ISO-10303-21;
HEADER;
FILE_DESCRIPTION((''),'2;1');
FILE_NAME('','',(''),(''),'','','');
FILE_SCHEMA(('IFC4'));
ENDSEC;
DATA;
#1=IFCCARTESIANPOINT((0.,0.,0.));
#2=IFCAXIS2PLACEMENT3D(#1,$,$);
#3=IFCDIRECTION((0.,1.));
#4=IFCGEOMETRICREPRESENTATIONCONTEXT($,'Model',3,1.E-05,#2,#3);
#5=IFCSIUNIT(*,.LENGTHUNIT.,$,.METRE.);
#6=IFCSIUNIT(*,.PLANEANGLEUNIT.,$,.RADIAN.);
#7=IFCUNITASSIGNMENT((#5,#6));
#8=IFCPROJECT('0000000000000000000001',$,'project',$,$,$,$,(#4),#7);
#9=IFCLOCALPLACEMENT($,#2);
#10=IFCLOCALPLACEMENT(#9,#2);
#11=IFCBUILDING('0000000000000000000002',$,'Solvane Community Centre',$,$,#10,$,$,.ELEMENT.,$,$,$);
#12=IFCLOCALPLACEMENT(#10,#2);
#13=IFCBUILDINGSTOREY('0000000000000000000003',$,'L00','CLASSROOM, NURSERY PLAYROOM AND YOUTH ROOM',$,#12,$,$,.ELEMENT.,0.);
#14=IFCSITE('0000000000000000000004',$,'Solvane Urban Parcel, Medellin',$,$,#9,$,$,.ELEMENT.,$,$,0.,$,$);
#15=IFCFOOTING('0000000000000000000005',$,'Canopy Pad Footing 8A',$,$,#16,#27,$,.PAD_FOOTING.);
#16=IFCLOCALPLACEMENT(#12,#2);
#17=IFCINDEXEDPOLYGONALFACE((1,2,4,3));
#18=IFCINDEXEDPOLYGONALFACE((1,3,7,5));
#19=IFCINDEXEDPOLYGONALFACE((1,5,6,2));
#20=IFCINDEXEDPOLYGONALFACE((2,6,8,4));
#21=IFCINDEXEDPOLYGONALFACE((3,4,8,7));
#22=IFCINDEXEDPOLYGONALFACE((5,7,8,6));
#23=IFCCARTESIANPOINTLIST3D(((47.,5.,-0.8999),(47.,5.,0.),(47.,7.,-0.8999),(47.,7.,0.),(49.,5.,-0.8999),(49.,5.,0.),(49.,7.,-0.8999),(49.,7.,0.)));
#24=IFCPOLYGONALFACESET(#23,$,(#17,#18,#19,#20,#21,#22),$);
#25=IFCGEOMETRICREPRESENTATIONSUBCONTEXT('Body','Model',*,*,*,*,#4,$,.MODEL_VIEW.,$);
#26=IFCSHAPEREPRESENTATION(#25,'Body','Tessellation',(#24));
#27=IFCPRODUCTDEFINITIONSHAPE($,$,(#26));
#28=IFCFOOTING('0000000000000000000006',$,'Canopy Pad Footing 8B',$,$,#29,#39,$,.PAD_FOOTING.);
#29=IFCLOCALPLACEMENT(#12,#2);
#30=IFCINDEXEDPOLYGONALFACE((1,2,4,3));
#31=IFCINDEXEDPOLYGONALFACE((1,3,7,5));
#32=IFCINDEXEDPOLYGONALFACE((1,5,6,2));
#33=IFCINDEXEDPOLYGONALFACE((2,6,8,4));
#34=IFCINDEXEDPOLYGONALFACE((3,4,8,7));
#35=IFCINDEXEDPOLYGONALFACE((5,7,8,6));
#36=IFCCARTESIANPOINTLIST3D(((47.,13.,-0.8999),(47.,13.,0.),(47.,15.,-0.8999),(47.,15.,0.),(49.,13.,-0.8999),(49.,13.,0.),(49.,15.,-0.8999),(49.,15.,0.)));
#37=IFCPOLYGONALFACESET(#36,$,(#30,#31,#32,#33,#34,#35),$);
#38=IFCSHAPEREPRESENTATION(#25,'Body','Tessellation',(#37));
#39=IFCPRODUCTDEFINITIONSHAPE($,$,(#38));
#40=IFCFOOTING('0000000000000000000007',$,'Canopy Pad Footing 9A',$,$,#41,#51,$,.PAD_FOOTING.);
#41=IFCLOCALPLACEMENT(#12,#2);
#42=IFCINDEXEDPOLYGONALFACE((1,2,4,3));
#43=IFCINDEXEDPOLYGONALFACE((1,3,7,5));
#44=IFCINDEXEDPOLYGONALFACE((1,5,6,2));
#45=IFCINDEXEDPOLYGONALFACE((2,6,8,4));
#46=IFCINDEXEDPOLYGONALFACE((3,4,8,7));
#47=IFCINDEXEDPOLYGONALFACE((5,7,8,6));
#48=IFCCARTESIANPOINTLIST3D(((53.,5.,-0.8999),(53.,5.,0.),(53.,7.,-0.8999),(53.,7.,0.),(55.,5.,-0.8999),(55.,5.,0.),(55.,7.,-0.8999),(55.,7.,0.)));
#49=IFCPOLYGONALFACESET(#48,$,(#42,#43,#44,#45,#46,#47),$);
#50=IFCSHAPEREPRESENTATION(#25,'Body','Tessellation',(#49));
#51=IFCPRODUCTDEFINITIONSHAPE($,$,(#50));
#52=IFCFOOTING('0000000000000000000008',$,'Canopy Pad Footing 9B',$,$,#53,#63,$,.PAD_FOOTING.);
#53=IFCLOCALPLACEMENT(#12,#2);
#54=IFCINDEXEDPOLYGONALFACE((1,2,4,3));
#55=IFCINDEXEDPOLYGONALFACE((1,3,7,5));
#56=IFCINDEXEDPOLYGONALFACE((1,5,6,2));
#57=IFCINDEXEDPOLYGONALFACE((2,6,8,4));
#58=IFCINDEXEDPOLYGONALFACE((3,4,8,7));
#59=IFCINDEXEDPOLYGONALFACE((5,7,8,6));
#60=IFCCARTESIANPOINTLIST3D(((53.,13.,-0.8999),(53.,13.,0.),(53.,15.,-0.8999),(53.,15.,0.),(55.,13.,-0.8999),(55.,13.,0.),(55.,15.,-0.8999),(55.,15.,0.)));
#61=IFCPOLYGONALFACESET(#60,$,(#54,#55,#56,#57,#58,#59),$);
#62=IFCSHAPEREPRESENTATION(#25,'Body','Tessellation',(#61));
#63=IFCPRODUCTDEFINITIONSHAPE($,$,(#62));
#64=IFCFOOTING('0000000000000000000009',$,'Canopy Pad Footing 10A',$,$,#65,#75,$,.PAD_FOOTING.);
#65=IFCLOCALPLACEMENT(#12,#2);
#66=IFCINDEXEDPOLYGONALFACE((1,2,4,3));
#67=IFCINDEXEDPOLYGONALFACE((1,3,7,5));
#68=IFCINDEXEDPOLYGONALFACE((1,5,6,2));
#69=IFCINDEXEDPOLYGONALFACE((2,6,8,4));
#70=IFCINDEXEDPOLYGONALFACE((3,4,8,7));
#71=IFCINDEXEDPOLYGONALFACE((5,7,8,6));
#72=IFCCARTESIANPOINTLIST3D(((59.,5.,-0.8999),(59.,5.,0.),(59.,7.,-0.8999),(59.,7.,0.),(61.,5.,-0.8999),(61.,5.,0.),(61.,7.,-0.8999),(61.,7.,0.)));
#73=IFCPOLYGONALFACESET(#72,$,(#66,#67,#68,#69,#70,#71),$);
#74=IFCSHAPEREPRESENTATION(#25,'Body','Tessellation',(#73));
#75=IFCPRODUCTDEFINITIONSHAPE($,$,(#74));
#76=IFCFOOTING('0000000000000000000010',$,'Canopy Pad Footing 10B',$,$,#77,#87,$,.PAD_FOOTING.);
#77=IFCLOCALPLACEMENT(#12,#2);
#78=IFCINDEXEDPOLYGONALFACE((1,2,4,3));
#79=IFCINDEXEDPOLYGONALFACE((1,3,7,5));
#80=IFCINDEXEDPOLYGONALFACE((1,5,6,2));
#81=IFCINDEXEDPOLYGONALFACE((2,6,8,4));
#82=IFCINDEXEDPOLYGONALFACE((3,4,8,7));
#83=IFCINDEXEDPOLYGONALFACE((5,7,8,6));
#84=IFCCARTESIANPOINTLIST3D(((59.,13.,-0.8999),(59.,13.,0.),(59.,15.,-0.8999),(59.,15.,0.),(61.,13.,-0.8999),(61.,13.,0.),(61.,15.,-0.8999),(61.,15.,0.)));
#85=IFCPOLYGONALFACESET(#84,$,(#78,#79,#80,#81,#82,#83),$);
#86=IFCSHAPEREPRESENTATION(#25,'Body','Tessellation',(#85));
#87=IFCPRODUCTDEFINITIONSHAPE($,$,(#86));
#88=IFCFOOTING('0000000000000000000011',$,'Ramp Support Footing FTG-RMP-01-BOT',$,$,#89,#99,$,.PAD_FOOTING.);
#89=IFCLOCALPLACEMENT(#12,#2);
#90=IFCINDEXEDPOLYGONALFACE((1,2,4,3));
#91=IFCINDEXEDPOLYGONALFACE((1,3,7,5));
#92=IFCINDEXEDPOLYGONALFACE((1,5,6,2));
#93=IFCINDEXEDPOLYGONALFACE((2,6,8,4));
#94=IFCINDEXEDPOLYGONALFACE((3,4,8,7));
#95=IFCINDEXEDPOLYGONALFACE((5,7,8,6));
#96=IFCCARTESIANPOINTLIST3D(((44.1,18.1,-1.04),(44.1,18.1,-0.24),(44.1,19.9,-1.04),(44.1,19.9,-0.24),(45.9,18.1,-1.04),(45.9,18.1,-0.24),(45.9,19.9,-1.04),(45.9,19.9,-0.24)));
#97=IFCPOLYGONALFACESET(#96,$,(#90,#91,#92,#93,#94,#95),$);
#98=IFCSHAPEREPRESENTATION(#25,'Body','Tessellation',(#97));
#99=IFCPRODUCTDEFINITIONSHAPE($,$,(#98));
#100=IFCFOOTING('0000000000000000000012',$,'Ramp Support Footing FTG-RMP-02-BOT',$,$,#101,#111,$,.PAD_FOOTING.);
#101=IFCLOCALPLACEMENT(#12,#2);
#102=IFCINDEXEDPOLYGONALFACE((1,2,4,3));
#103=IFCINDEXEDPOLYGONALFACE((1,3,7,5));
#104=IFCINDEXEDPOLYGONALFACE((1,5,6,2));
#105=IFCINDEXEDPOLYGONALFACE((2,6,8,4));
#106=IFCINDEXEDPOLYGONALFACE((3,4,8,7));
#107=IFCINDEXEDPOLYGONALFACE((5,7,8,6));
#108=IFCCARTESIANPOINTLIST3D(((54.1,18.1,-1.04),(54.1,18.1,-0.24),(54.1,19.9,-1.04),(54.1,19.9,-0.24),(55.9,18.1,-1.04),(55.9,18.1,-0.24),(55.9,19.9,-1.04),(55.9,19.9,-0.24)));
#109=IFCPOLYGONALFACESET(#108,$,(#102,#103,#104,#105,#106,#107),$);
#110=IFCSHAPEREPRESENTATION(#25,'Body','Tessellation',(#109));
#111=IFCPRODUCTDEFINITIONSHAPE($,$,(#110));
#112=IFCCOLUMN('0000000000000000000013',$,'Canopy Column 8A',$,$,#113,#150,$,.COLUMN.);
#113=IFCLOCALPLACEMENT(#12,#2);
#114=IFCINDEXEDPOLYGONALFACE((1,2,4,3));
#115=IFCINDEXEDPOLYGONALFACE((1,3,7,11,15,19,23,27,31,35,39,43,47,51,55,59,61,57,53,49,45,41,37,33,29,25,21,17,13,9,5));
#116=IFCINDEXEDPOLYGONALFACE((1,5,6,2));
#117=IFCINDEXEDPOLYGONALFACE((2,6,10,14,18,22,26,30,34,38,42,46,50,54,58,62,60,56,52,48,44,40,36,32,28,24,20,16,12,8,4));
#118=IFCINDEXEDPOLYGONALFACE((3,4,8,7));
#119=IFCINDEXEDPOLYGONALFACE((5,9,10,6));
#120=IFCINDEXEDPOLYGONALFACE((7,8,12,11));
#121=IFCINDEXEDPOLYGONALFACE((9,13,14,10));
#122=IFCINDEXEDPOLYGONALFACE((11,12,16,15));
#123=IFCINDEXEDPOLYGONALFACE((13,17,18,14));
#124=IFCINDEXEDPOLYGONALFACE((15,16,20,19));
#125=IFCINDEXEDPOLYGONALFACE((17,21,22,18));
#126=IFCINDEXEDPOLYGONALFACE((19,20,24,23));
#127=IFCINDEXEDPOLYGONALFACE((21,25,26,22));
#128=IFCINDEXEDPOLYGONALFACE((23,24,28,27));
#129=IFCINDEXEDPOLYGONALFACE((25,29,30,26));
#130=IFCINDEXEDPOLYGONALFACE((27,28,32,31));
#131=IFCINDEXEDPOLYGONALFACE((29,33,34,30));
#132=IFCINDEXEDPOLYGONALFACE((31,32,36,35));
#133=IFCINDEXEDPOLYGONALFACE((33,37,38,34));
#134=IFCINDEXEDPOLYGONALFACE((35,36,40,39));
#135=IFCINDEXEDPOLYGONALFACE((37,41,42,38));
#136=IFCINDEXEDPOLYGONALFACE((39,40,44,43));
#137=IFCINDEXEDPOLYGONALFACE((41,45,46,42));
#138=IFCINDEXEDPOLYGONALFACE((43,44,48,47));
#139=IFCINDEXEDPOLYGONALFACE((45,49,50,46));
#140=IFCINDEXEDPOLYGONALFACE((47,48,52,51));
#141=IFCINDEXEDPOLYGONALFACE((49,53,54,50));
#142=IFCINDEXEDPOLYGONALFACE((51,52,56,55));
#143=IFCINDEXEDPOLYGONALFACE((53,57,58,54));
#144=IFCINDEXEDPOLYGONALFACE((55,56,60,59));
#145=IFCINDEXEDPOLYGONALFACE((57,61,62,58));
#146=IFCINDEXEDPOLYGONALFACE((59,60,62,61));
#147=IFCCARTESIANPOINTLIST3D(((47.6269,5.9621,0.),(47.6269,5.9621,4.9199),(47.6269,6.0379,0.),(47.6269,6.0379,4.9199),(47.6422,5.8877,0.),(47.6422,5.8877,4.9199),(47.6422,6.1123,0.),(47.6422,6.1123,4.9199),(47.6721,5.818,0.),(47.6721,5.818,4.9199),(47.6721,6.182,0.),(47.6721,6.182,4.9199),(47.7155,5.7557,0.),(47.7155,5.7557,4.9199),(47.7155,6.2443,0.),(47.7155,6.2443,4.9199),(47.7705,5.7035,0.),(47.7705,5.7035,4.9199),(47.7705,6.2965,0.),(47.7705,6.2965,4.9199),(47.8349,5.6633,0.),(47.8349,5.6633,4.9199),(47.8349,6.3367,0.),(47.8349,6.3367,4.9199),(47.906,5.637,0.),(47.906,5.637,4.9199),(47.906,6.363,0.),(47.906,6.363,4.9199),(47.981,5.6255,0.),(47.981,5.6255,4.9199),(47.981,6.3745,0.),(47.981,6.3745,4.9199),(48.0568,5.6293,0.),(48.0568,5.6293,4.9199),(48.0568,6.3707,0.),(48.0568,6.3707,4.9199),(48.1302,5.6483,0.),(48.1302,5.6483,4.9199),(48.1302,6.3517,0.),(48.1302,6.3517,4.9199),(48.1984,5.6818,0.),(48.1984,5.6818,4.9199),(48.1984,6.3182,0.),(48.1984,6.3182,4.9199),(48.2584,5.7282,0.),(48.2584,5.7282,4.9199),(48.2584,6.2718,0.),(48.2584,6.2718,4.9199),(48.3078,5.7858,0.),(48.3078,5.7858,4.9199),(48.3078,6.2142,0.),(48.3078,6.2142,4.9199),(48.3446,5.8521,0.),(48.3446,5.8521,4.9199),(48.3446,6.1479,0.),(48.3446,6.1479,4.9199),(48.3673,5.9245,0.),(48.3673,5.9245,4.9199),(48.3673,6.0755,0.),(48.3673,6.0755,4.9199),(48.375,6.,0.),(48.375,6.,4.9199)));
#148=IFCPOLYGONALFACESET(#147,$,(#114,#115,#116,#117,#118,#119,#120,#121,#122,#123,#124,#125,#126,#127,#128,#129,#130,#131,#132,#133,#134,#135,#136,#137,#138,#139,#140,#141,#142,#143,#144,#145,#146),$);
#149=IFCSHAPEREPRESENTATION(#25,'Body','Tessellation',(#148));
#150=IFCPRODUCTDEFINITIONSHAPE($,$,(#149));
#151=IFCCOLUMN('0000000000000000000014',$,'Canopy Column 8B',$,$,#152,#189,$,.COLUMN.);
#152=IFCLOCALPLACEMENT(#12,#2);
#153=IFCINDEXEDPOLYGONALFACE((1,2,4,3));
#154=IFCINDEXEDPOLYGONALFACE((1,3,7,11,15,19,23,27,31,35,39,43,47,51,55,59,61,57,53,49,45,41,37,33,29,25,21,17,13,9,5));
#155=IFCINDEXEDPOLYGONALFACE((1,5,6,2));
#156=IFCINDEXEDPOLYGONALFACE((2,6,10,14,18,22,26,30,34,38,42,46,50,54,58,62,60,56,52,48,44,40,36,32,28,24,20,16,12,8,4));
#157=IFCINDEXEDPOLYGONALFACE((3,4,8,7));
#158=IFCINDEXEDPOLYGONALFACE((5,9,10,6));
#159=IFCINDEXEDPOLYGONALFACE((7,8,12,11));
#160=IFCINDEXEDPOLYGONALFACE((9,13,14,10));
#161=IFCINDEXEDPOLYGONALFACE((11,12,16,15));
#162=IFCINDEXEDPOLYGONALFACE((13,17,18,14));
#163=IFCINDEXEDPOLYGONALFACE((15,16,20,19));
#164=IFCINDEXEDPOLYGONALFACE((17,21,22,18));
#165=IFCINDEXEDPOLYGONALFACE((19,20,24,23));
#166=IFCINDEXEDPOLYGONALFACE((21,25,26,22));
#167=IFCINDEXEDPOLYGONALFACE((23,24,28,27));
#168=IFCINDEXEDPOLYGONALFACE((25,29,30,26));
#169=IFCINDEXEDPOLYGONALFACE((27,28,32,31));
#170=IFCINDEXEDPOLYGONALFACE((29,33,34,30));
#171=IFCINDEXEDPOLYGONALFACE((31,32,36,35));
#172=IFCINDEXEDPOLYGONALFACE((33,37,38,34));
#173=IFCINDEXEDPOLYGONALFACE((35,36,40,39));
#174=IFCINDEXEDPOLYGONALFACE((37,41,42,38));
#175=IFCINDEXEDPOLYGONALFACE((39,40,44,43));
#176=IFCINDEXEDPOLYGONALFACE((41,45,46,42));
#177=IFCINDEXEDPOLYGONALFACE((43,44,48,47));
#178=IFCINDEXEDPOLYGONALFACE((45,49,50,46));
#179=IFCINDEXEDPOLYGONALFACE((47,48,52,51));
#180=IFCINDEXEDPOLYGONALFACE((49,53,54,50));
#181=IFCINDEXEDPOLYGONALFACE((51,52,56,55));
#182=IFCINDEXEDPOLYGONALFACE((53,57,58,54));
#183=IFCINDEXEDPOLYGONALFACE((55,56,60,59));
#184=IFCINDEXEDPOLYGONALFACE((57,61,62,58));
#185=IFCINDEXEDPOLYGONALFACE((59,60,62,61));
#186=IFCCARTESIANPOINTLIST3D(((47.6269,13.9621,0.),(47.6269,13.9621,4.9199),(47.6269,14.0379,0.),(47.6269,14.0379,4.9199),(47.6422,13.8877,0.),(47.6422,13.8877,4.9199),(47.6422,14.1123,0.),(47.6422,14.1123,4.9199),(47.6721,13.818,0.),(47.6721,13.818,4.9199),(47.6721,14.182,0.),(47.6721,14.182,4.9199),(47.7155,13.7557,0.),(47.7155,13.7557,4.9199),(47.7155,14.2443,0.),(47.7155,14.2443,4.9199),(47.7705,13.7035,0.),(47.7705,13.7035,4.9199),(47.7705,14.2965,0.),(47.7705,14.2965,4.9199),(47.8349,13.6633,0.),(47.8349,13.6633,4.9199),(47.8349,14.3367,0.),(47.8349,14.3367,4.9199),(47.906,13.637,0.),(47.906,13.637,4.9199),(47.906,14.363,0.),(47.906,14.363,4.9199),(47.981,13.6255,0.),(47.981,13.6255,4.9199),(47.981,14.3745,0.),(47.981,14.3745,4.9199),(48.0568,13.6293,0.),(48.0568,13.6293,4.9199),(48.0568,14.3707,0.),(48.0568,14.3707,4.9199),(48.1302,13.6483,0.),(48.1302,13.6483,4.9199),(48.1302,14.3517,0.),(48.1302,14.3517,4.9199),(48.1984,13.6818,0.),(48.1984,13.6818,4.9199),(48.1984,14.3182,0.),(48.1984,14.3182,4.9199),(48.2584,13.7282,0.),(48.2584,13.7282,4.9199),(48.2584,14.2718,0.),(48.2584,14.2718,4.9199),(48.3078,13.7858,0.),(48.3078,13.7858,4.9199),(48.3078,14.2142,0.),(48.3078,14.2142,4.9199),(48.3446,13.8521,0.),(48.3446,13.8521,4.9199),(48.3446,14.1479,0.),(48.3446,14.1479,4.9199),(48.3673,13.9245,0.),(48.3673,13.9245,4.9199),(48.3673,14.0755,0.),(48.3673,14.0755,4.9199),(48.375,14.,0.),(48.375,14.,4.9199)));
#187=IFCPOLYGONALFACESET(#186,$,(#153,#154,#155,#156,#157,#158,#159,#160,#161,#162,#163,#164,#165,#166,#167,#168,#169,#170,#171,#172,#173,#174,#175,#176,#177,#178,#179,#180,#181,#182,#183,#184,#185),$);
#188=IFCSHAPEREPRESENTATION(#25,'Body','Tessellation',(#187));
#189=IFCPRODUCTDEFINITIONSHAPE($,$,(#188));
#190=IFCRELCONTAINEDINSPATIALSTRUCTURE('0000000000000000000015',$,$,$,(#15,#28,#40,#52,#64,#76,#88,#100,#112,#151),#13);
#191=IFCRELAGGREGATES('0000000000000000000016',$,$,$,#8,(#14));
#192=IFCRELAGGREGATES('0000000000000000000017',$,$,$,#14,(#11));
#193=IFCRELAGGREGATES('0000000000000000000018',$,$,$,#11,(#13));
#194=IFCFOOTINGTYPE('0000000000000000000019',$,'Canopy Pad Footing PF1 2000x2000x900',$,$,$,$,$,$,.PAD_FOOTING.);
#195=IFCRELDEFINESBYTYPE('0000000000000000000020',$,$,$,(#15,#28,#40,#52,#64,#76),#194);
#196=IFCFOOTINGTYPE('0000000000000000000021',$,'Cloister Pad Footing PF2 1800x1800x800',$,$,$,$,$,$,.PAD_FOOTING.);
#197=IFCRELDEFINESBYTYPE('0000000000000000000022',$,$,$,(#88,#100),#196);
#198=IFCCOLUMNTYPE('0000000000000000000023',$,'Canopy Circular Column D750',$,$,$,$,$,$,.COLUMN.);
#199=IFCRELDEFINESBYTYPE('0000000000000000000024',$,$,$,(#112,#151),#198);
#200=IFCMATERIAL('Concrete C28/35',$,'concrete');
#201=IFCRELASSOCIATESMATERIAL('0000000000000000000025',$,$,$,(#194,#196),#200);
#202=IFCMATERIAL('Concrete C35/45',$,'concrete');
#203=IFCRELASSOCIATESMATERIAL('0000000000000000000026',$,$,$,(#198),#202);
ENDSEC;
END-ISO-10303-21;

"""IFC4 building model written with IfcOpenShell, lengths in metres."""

from ifc_helpers import new_model, si_unit, direction, frame, origin, origin_2d, place, context, subcontext, project, spatial, rectangle, circle, extrude, material, material_profile, profile_set, type_object, element, save


model = new_model("IFC4")

# Units and contexts
model_context = context("Model", 3, precision=1e-05, world=origin(), true_north=direction((0.0, 1.0)))
body_context = subcontext(model_context, "Body", "Model", "MODEL_VIEW")
ifc_project = project(units=[si_unit("LENGTHUNIT", "METRE"), si_unit("PLANEANGLEUNIT", "RADIAN")], contexts=[model_context])

# Site, building, storey
site_placement = place(None, origin())
site = spatial("IfcSite", under=ifc_project, at=site_placement, Name="Solvane Urban Parcel, Medellin", CompositionType="ELEMENT", RefElevation=0.0)
building_placement = place(site_placement, origin())
building = spatial("IfcBuilding", under=site, at=building_placement, Name="Solvane Community Centre", CompositionType="ELEMENT")
storey_placement = place(building_placement, origin())
storey = spatial("IfcBuildingStorey", under=building, at=storey_placement, Name="L00", Description="CLASSROOM, NURSERY PLAYROOM AND YOUTH ROOM", CompositionType="ELEMENT", Elevation=0.0)

# Footings
ifc_material_1 = material(Name="Concrete C28/35", Category="concrete")
footing_type_1 = type_object("IfcFootingType", Name="Canopy Pad Footing PF1 2000x2000x900", PredefinedType="PAD_FOOTING", material=ifc_material_1)
for number, where, z_axis, x_axis, name in (
    (1, (48.0, 6.0, -0.8999), (0.0, 0.0, 1.0), (1.0, 0.0, 0.0), "Canopy Pad Footing 8A"),
    (2, (48.0, 14.0, -0.8999), (0.0, 0.0, 1.0), (1.0, 0.0, 0.0), "Canopy Pad Footing 8B"),
    (3, (54.0, 6.0, -0.8999), (0.0, 0.0, 1.0), (1.0, 0.0, 0.0), "Canopy Pad Footing 9A"),
    (4, (54.0, 14.0, -0.8999), (0.0, 0.0, 1.0), (1.0, 0.0, 0.0), "Canopy Pad Footing 9B"),
    (5, (60.0, 6.0, -0.8999), (0.0, 0.0, 1.0), (1.0, 0.0, 0.0), "Canopy Pad Footing 10A"),
    (6, (60.0, 14.0, -0.8999), (0.0, 0.0, 1.0), (1.0, 0.0, 0.0), "Canopy Pad Footing 10B"),
):
    element("IfcFooting", number, at=place(storey_placement, frame(where, z_axis=z_axis, x_axis=x_axis)), inside=storey, type_object=footing_type_1, Name=name, PredefinedType="PAD_FOOTING", context=body_context, shape_type="SweptSolid", body=[
        extrude(rectangle(XDim=2.0, YDim=2.0, at=origin_2d()), origin(), (0.0, 0.0, 1.0), 0.8999),
    ])
footing_type_2 = type_object("IfcFootingType", Name="Cloister Pad Footing PF2 1800x1800x800", PredefinedType="PAD_FOOTING", material=ifc_material_1)
for number, where, z_axis, x_axis, name in (
    (7, (45.0, 19.0, -1.04), (0.0, 0.0, 1.0), (1.0, 0.0, 0.0), "Ramp Support Footing FTG-RMP-01-BOT"),
    (8, (55.0, 19.0, -1.04), (0.0, 0.0, 1.0), (1.0, 0.0, 0.0), "Ramp Support Footing FTG-RMP-02-BOT"),
):
    element("IfcFooting", number, at=place(storey_placement, frame(where, z_axis=z_axis, x_axis=x_axis)), inside=storey, type_object=footing_type_2, Name=name, PredefinedType="PAD_FOOTING", context=body_context, shape_type="SweptSolid", body=[
        extrude(rectangle(XDim=1.8, YDim=1.8, at=origin_2d()), origin(), (0.0, 0.0, 1.0), 0.8),
    ])

# Columns
ifc_material_2 = material(Name="Concrete C35/45", Category="concrete")
ifc_material_profile_1 = material_profile(ifc_material_2, circle(Radius=0.375, at=origin_2d()), Name="RC D750")
ifc_profile_set_1 = profile_set([ifc_material_profile_1], Name="Concrete C35/45")
column_type = type_object("IfcColumnType", Name="Canopy Circular Column D750", PredefinedType="COLUMN", material=ifc_profile_set_1)
for number, where, z_axis, x_axis, name in (
    (9, (48.0, 6.0, 0.0), (0.0, 0.0, 1.0), (1.0, 0.0, 0.0), "Canopy Column 8A"),
    (10, (48.0, 14.0, 0.0), (0.0, 0.0, 1.0), (1.0, 0.0, 0.0), "Canopy Column 8B"),
):
    element("IfcColumn", number, at=place(storey_placement, frame(where, z_axis=z_axis, x_axis=x_axis)), inside=storey, type_object=column_type, Name=name, PredefinedType="COLUMN", context=body_context, shape_type="SweptSolid", body=[
        extrude(circle(Radius=0.375, at=origin_2d()), origin(), (0.0, 0.0, 1.0), 4.9199),
    ])

save(model, "model.ifc")
